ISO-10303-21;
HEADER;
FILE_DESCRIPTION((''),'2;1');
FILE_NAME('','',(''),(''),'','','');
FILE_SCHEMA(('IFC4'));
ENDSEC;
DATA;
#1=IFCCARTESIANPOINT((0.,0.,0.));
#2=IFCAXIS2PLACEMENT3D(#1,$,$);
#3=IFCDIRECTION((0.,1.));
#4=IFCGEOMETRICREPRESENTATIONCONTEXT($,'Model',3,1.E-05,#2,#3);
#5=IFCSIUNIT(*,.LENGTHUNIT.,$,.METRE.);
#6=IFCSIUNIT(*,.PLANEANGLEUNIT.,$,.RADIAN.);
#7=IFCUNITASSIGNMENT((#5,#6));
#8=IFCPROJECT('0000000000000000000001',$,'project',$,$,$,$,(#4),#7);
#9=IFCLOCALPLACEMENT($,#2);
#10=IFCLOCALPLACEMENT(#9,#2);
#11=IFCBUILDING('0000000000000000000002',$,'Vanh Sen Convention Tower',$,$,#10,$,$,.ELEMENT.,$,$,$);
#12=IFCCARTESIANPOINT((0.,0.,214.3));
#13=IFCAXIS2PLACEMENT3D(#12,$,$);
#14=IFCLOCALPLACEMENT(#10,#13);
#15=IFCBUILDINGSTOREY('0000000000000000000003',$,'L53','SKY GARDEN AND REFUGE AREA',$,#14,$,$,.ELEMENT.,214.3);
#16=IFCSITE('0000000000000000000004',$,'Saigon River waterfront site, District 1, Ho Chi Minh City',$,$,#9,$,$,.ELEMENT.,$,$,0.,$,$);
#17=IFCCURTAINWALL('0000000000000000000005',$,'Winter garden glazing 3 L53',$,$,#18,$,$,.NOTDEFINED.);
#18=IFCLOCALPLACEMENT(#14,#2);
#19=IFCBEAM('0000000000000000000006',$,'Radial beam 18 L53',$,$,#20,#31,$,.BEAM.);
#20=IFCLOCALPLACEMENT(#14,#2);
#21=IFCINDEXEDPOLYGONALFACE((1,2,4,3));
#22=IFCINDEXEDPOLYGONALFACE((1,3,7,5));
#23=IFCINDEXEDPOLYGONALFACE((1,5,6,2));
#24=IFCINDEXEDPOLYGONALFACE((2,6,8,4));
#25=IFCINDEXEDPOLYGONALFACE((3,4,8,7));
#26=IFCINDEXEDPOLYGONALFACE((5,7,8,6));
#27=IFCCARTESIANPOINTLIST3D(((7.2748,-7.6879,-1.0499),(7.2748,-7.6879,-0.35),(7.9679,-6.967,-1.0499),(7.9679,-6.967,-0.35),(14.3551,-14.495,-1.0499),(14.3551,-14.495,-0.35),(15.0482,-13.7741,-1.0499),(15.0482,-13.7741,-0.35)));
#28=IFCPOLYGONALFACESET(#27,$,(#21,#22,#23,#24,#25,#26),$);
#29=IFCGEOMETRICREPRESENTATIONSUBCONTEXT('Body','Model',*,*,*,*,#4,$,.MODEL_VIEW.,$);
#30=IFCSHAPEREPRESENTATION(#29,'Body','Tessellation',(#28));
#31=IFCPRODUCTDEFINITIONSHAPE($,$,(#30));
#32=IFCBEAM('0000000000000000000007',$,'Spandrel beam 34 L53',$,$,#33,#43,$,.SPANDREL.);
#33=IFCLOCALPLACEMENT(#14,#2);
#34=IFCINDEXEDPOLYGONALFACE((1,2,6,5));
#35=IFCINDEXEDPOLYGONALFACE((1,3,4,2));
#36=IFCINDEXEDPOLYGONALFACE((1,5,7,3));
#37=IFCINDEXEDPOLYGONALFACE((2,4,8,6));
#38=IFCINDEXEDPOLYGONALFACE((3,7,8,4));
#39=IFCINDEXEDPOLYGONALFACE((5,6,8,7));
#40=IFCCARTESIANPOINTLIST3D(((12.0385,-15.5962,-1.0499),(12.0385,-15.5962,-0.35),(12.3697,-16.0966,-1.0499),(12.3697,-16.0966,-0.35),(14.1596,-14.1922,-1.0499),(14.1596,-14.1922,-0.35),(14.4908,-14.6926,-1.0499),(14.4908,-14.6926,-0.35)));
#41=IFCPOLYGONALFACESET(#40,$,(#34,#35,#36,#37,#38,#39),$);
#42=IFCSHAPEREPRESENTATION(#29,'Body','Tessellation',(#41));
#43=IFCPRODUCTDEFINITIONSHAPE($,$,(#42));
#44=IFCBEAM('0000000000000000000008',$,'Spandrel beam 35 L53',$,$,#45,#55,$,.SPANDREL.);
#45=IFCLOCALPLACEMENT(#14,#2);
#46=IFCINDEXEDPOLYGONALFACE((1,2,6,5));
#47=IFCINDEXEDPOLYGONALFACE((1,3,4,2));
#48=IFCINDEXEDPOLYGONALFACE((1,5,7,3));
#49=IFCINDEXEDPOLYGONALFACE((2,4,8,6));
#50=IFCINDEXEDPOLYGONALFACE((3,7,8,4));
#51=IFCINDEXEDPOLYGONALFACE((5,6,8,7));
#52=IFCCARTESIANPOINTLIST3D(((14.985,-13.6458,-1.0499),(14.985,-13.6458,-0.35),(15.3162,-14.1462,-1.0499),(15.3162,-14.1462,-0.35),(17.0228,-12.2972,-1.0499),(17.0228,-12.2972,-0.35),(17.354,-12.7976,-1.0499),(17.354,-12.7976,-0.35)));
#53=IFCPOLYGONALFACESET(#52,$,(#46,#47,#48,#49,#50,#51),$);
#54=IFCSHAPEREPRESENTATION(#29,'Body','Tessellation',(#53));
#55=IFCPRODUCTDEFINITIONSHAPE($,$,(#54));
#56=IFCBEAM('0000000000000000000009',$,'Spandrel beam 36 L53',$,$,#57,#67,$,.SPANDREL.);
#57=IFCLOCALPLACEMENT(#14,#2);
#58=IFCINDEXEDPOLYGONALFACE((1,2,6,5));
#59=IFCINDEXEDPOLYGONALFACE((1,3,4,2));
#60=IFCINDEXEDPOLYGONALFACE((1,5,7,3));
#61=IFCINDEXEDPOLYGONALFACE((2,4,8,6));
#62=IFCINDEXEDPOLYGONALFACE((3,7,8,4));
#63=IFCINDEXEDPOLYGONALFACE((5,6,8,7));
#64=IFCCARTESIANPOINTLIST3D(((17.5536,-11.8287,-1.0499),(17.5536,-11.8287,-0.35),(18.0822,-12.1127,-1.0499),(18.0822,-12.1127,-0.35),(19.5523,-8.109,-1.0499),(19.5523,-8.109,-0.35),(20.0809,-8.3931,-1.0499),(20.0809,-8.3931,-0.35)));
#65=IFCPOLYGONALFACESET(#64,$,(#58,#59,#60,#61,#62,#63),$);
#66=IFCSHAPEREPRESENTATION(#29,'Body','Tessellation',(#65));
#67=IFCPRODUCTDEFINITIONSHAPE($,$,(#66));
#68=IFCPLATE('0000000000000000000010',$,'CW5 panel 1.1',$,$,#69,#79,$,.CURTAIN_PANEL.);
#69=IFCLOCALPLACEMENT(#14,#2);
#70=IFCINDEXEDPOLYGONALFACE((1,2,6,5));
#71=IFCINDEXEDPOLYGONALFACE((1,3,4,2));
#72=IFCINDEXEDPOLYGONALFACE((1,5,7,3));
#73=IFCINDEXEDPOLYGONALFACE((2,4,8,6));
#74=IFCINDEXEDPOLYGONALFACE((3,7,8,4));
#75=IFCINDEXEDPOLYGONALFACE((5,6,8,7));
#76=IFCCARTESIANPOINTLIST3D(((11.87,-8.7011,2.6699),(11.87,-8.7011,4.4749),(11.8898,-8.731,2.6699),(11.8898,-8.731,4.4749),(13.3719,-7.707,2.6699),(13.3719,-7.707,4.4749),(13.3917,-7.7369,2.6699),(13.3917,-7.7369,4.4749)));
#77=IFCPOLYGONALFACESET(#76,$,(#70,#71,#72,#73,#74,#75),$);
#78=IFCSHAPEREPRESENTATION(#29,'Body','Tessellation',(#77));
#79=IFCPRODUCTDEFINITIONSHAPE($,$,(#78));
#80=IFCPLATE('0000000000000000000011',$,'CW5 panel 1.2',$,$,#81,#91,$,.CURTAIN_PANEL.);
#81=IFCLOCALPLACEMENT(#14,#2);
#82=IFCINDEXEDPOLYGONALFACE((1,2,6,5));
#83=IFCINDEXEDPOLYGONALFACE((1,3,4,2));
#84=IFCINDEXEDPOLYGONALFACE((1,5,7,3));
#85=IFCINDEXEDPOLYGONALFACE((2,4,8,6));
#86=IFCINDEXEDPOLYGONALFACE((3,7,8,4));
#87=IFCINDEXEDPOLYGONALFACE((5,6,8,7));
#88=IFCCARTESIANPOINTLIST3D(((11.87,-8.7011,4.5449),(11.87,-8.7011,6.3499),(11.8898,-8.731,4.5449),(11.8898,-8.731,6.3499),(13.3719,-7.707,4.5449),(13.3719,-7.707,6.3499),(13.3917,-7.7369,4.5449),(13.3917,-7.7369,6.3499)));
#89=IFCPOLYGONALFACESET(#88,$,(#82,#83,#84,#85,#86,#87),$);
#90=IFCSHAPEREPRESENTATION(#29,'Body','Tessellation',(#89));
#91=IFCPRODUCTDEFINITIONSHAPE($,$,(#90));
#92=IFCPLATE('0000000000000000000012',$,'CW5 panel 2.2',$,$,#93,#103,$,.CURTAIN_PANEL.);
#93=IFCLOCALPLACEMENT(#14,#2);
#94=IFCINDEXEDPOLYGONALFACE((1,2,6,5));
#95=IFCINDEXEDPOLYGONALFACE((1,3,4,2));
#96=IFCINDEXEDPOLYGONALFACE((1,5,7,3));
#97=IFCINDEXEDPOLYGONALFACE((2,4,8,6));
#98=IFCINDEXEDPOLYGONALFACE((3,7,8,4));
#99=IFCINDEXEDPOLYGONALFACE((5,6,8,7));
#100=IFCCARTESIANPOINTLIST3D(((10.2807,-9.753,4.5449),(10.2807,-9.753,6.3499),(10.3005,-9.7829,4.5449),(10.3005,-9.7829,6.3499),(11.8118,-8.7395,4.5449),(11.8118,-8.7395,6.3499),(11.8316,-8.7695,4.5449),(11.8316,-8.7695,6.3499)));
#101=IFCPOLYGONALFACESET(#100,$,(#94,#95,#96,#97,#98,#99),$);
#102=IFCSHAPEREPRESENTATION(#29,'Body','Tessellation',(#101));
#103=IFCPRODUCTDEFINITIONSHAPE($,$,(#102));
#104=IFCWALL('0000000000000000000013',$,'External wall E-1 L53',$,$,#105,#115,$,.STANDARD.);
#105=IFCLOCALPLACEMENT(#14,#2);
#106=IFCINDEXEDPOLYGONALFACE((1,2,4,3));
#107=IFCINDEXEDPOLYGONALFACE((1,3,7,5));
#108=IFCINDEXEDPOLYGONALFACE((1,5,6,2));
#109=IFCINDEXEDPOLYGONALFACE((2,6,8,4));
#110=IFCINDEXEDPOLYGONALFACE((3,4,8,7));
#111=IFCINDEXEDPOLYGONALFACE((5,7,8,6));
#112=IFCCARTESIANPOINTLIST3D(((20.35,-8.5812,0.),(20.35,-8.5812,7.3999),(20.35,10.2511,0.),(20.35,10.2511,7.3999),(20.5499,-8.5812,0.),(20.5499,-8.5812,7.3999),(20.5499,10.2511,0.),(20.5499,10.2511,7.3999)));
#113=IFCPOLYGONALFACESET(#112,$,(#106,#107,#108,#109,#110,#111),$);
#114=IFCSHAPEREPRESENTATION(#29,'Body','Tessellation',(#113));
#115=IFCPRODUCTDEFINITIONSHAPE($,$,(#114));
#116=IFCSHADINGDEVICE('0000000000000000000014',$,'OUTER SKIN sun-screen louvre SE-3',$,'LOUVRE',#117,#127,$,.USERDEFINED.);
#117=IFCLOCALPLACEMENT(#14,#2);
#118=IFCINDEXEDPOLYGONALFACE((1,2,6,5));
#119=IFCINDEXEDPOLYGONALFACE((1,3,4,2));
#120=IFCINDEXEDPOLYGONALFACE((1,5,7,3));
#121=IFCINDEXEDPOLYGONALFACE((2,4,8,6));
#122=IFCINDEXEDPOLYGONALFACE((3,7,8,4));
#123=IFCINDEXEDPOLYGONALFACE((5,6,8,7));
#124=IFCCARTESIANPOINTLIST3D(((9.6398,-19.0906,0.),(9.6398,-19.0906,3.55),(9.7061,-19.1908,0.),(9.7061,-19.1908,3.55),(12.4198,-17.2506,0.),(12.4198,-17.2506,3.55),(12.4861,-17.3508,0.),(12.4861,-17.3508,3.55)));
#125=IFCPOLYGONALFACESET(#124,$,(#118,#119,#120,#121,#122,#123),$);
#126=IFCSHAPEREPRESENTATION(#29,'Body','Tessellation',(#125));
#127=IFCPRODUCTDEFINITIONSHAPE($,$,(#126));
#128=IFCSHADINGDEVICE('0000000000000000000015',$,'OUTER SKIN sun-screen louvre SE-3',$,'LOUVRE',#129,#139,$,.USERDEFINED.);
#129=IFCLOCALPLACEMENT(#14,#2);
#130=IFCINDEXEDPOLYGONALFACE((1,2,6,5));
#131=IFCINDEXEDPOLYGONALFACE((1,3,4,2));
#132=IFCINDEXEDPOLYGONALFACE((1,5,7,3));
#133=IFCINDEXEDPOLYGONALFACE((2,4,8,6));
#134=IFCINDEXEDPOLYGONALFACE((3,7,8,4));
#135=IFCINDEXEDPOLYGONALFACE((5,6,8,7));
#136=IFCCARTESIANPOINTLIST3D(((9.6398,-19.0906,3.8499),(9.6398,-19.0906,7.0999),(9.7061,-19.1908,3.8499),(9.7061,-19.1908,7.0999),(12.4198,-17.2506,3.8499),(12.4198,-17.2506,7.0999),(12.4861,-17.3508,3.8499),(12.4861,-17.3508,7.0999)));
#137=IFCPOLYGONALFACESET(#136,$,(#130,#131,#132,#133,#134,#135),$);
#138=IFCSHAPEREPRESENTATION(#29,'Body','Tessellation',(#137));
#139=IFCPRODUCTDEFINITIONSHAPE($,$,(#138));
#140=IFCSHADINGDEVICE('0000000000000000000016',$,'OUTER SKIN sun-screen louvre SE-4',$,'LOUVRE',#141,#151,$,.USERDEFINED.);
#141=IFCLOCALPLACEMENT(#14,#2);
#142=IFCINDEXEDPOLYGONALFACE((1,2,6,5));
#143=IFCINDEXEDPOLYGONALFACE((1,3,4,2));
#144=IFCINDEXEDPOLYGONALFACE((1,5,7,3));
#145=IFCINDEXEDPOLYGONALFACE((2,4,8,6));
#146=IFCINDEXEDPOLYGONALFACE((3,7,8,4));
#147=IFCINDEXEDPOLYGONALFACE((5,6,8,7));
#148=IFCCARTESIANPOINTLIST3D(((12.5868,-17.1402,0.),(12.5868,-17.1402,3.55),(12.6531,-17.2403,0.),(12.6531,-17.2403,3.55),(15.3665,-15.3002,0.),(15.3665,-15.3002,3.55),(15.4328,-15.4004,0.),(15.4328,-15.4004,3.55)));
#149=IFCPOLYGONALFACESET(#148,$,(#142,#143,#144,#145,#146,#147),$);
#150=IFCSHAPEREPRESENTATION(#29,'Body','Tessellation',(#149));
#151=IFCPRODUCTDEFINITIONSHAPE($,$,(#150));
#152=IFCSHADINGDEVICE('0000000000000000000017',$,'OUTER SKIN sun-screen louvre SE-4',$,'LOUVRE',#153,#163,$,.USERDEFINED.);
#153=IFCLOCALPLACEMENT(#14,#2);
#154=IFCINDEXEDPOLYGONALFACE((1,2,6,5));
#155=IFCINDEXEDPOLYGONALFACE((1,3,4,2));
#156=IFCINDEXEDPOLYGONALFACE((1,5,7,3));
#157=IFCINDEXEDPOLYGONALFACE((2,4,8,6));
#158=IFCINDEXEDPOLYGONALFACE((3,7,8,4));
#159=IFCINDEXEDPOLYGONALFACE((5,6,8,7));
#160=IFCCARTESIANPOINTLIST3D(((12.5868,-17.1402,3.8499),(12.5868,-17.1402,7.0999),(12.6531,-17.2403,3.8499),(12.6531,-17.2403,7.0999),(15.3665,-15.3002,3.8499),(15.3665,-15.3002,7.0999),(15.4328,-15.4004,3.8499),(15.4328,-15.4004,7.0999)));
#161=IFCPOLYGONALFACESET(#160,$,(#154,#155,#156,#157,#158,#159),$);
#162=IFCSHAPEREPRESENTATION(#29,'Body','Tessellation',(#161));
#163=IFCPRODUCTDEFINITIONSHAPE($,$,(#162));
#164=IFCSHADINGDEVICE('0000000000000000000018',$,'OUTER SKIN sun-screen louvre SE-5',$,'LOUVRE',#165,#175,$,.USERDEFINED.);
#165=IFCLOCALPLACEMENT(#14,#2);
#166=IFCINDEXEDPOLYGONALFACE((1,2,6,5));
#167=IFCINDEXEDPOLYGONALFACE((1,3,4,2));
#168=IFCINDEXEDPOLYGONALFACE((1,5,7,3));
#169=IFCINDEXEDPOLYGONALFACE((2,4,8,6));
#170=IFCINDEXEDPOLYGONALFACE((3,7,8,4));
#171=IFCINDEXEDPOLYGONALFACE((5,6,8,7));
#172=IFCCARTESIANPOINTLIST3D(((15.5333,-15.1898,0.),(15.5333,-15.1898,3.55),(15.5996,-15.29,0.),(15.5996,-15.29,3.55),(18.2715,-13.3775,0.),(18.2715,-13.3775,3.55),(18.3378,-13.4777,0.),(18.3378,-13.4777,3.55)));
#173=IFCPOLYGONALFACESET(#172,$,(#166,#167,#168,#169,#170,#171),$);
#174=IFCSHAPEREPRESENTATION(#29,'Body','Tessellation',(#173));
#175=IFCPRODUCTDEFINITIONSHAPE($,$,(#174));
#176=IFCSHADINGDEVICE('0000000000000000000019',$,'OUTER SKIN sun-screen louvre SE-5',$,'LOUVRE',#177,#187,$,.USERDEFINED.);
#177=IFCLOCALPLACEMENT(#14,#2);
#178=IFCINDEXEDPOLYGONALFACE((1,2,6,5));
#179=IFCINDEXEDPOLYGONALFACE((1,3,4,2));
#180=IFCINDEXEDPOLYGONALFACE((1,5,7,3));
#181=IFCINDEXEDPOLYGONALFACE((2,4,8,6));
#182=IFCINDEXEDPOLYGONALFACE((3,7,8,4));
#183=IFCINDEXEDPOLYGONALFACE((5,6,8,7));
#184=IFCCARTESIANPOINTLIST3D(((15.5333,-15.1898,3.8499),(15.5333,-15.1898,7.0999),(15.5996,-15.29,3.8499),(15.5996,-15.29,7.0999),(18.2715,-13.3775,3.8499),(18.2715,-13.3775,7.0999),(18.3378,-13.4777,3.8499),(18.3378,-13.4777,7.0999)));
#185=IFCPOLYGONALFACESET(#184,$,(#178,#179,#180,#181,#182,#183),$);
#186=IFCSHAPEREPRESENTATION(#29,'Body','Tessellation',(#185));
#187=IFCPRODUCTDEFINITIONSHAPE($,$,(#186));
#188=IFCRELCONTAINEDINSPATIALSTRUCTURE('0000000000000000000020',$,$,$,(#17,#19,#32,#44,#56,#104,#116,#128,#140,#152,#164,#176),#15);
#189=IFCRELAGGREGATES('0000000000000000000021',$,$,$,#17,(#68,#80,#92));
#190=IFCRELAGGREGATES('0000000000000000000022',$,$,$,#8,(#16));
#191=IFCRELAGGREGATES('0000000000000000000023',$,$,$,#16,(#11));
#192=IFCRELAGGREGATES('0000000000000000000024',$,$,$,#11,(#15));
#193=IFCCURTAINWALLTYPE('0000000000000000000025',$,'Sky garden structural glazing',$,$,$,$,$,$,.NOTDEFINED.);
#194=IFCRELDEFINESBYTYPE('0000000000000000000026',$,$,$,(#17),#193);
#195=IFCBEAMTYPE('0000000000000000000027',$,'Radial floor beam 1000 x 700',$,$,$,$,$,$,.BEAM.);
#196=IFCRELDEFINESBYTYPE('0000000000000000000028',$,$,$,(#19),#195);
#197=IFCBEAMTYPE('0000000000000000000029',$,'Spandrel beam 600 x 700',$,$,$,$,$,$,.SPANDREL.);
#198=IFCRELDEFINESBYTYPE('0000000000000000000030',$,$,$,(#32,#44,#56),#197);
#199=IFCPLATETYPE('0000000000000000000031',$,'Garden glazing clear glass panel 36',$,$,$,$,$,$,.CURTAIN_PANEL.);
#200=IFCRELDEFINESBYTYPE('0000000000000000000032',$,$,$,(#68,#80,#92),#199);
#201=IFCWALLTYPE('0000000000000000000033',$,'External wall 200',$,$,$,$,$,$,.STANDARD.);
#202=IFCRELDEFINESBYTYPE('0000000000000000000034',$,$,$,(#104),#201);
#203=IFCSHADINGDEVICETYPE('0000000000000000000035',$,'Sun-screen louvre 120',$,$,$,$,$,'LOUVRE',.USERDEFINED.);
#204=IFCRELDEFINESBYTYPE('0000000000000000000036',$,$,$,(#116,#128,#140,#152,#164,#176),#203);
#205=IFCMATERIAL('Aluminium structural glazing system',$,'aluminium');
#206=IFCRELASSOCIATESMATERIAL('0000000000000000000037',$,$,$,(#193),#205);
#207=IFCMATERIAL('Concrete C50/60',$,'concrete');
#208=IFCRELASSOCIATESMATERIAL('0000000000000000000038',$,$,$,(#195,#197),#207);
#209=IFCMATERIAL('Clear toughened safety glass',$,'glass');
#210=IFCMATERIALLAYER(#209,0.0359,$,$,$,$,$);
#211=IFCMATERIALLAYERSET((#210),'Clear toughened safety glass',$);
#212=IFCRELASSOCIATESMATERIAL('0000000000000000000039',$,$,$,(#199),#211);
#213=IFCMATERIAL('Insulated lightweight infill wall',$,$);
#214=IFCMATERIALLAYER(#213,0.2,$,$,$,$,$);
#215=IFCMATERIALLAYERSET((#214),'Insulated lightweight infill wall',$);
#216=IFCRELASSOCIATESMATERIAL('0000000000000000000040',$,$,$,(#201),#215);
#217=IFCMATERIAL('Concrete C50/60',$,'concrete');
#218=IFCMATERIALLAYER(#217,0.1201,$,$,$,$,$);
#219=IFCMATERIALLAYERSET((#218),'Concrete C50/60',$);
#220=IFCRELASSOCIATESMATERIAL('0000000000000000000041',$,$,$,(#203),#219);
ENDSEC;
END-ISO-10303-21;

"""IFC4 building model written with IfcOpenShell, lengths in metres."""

from ifc_helpers import new_model, si_unit, direction, frame, frame_2d, origin, origin_2d, place, context, subcontext, project, spatial, rectangle, extrude, material, layer, layer_set, material_profile, profile_set, type_object, element, aggregate, save


model = new_model("IFC4")

# Units and contexts
model_context = context("Model", 3, precision=1e-05, world=origin(), true_north=direction((0.0, 1.0)))
body_context = subcontext(model_context, "Body", "Model", "MODEL_VIEW")
ifc_project = project(units=[si_unit("LENGTHUNIT", "METRE"), si_unit("PLANEANGLEUNIT", "RADIAN")], contexts=[model_context])

# Site, building, storey
site_placement = place(None, origin())
site = spatial("IfcSite", under=ifc_project, at=site_placement, Name="Saigon River waterfront site, District 1, Ho Chi Minh City", CompositionType="ELEMENT", RefElevation=0.0)
building_placement = place(site_placement, origin())
building = spatial("IfcBuilding", under=site, at=building_placement, Name="Vanh Sen Convention Tower", CompositionType="ELEMENT")
storey_placement = place(building_placement, frame((0.0, 0.0, 214.3)))
storey = spatial("IfcBuildingStorey", under=building, at=storey_placement, Name="L53", Description="SKY GARDEN AND REFUGE AREA", CompositionType="ELEMENT", Elevation=214.3)

# Curtain wall
ifc_material_1 = material(Name="Aluminium structural glazing system", Category="aluminium")
curtain_wall_type_1 = type_object("IfcCurtainWallType", Name="Sky garden structural glazing", PredefinedType="NOTDEFINED", material=ifc_material_1)
curtain_wall_1_placement = place(storey_placement, origin())
curtain_wall_1 = element("IfcCurtainWall", 1, at=curtain_wall_1_placement, inside=storey, type_object=curtain_wall_type_1, Name="Winter garden glazing 3 L53", PredefinedType="NOTDEFINED")

# Beams
ifc_material_2 = material(Name="Concrete C50/60", Category="concrete")
ifc_material_profile_1 = material_profile(ifc_material_2, rectangle(XDim=1.0, YDim=0.7, at=origin_2d()), Name="RC 1000X700")
ifc_profile_set_1 = profile_set([ifc_material_profile_1], Name="Concrete C50/60")
beam_type_1 = type_object("IfcBeamType", Name="Radial floor beam 1000 x 700", PredefinedType="BEAM", material=ifc_profile_set_1)
beam_1_placement = place(storey_placement, frame((14.7017, -14.1345, -0.7), z_axis=(-0.720877, 0.693063, 0.0), x_axis=(-0.693063, -0.720877, 0.0)))
element("IfcBeam", 2, at=beam_1_placement, inside=storey, type_object=beam_type_1, Name="Radial beam 18 L53", PredefinedType="BEAM", context=body_context, shape_type="SweptSolid", body=[
    extrude(rectangle(XDim=1.0, YDim=0.7, at=origin_2d()), origin(), (0.0, 0.0, 1.0), 9.8218),
])
ifc_material_profile_2 = material_profile(ifc_material_2, rectangle(XDim=0.6001, YDim=0.7, at=origin_2d()), Name="RC 600X700")
ifc_profile_set_2 = profile_set([ifc_material_profile_2], Name="Concrete C50/60")
beam_type_2 = type_object("IfcBeamType", Name="Spandrel beam 600 x 700", PredefinedType="SPANDREL", material=ifc_profile_set_2)
beam_2_placement = place(storey_placement, frame((12.2041, -15.8464, -0.7), z_axis=(0.833862, 0.551973, 0.0), x_axis=(-0.551973, 0.833862, 0.0)))
element("IfcBeam", 3, at=beam_2_placement, inside=storey, type_object=beam_type_2, Name="Spandrel beam 34 L53", PredefinedType="SPANDREL", context=body_context, shape_type="SweptSolid", body=[
    extrude(rectangle(XDim=0.6001, YDim=0.7, at=origin_2d()), origin(), (0.0, 0.0, 1.0), 2.5437),
])
beam_3_placement = place(storey_placement, frame((15.1506, -13.896, -0.7), z_axis=(0.833921, 0.551884, 0.0), x_axis=(-0.551884, 0.833921, 0.0)))
element("IfcBeam", 4, at=beam_3_placement, inside=storey, type_object=beam_type_2, Name="Spandrel beam 35 L53", PredefinedType="SPANDREL", context=body_context, shape_type="SweptSolid", body=[
    extrude(rectangle(XDim=0.6001, YDim=0.7, at=origin_2d()), origin(), (0.0, 0.0, 1.0), 2.4436),
])
beam_4_placement = place(storey_placement, frame((17.8179, -11.9707, -0.7), z_axis=(0.473338, 0.880881, 0.0), x_axis=(-0.880881, 0.473338, 0.0)))
element("IfcBeam", 5, at=beam_4_placement, inside=storey, type_object=beam_type_2, Name="Spandrel beam 36 L53", PredefinedType="SPANDREL", context=body_context, shape_type="SweptSolid", body=[
    extrude(rectangle(XDim=0.6001, YDim=0.7, at=origin_2d()), origin(), (0.0, 0.0, 1.0), 4.2227),
])

# Plates
ifc_material_3 = material(Name="Clear toughened safety glass", Category="glass")
ifc_layer_1 = layer(ifc_material_3, 0.0359)
ifc_layer_set_1 = layer_set([ifc_layer_1], Name="Clear toughened safety glass")
plate_type = type_object("IfcPlateType", Name="Garden glazing clear glass panel 36", PredefinedType="CURTAIN_PANEL", material=ifc_layer_set_1)
plate_1_placement = place(storey_placement, frame((12.6309, -8.219, 2.6699), z_axis=(0.0, 0.0, 1.0), x_axis=(-0.833889, -0.551932, 0.0)))
plate_1 = element("IfcPlate", 6, at=plate_1_placement, type_object=plate_type, Name="CW5 panel 1.1", PredefinedType="CURTAIN_PANEL", context=body_context, shape_type="SweptSolid", body=[
    extrude(rectangle(XDim=1.801, YDim=0.0359, at=origin_2d()), origin(), (0.0, 0.0, 1.0), 1.8049),
])
plate_2_placement = place(storey_placement, frame((12.6309, -8.219, 4.5449), z_axis=(0.0, 0.0, 1.0), x_axis=(-0.833889, -0.551932, 0.0)))
plate_2 = element("IfcPlate", 7, at=plate_2_placement, type_object=plate_type, Name="CW5 panel 1.2", PredefinedType="CURTAIN_PANEL", context=body_context, shape_type="SweptSolid", body=[
    extrude(rectangle(XDim=1.801, YDim=0.0359, at=origin_2d()), origin(), (0.0, 0.0, 1.0), 1.8049),
])
plate_3_placement = place(storey_placement, frame((11.0562, -9.2612, 4.5449), z_axis=(0.0, 0.0, 1.0), x_axis=(-0.833889, -0.551932, 0.0)))
plate_3 = element("IfcPlate", 8, at=plate_3_placement, type_object=plate_type, Name="CW5 panel 2.2", PredefinedType="CURTAIN_PANEL", context=body_context, shape_type="SweptSolid", body=[
    extrude(rectangle(XDim=1.8362, YDim=0.0359, at=origin_2d()), origin(), (0.0, 0.0, 1.0), 1.8049),
])
aggregate(curtain_wall_1, [plate_1, plate_2, plate_3])

# Wall
ifc_material_4 = material(Name="Insulated lightweight infill wall")
ifc_layer_2 = layer(ifc_material_4, 0.2)
ifc_layer_set_2 = layer_set([ifc_layer_2], Name="Insulated lightweight infill wall")
wall_type = type_object("IfcWallType", Name="External wall 200", PredefinedType="STANDARD", material=ifc_layer_set_2)
wall_placement = place(storey_placement, frame((20.45, -8.5811, 0.0), z_axis=(0.0, 0.0, 1.0), x_axis=(0.0, 1.0, 0.0)))
element("IfcWall", 9, at=wall_placement, inside=storey, type_object=wall_type, Name="External wall E-1 L53", PredefinedType="STANDARD", context=body_context, shape_type="SweptSolid", body=[
    extrude(rectangle(XDim=18.8323, YDim=0.2, at=frame_2d((9.416, 0.0))), origin(), (0.0, 0.0, 1.0), 7.3999),
])

# Shading devices
ifc_material_5 = material(Name="Concrete C50/60", Category="concrete")
ifc_layer_3 = layer(ifc_material_5, 0.1201)
ifc_layer_set_3 = layer_set([ifc_layer_3], Name="Concrete C50/60")
shading_device_type = type_object("IfcShadingDeviceType", Name="Sun-screen louvre 120", ElementType="LOUVRE", PredefinedType="USERDEFINED", material=ifc_layer_set_3)
shading_device_1_placement = place(storey_placement, frame((11.063, -18.2207, 0.0), z_axis=(0.0, 0.0, 1.0), x_axis=(0.833896, 0.551921, 0.0)))
element("IfcShadingDevice", 10, at=shading_device_1_placement, inside=storey, type_object=shading_device_type, Name="OUTER SKIN sun-screen louvre SE-3", ObjectType="LOUVRE", PredefinedType="USERDEFINED", context=body_context, shape_type="SweptSolid", body=[
    extrude(rectangle(XDim=3.3337, YDim=0.1201, at=origin_2d()), origin(), (0.0, 0.0, 1.0), 3.55),
])
shading_device_2_placement = place(storey_placement, frame((11.063, -18.2207, 3.8499), z_axis=(0.0, 0.0, 1.0), x_axis=(0.833896, 0.551921, 0.0)))
element("IfcShadingDevice", 11, at=shading_device_2_placement, inside=storey, type_object=shading_device_type, Name="OUTER SKIN sun-screen louvre SE-3", ObjectType="LOUVRE", PredefinedType="USERDEFINED", context=body_context, shape_type="SweptSolid", body=[
    extrude(rectangle(XDim=3.3337, YDim=0.1201, at=origin_2d()), origin(), (0.0, 0.0, 1.0), 3.25),
])
shading_device_3_placement = place(storey_placement, frame((14.0098, -16.2703, 0.0), z_axis=(0.0, 0.0, 1.0), x_axis=(0.833874, 0.551954, 0.0)))
element("IfcShadingDevice", 12, at=shading_device_3_placement, inside=storey, type_object=shading_device_type, Name="OUTER SKIN sun-screen louvre SE-4", ObjectType="LOUVRE", PredefinedType="USERDEFINED", context=body_context, shape_type="SweptSolid", body=[
    extrude(rectangle(XDim=3.3335, YDim=0.1201, at=origin_2d()), origin(), (0.0, 0.0, 1.0), 3.55),
])
shading_device_4_placement = place(storey_placement, frame((14.0098, -16.2703, 3.8499), z_axis=(0.0, 0.0, 1.0), x_axis=(0.833874, 0.551954, 0.0)))
element("IfcShadingDevice", 13, at=shading_device_4_placement, inside=storey, type_object=shading_device_type, Name="OUTER SKIN sun-screen louvre SE-4", ObjectType="LOUVRE", PredefinedType="USERDEFINED", context=body_context, shape_type="SweptSolid", body=[
    extrude(rectangle(XDim=3.3335, YDim=0.1201, at=origin_2d()), origin(), (0.0, 0.0, 1.0), 3.25),
])
shading_device_5_placement = place(storey_placement, frame((16.9355, -14.3337, 0.0), z_axis=(0.0, 0.0, 1.0), x_axis=(0.833896, 0.551921, 0.0)))
element("IfcShadingDevice", 14, at=shading_device_5_placement, inside=storey, type_object=shading_device_type, Name="OUTER SKIN sun-screen louvre SE-5", ObjectType="LOUVRE", PredefinedType="USERDEFINED", context=body_context, shape_type="SweptSolid", body=[
    extrude(rectangle(XDim=3.2837, YDim=0.1201, at=origin_2d()), origin(), (0.0, 0.0, 1.0), 3.55),
])
shading_device_6_placement = place(storey_placement, frame((16.9355, -14.3337, 3.8499), z_axis=(0.0, 0.0, 1.0), x_axis=(0.833896, 0.551921, 0.0)))
element("IfcShadingDevice", 15, at=shading_device_6_placement, inside=storey, type_object=shading_device_type, Name="OUTER SKIN sun-screen louvre SE-5", ObjectType="LOUVRE", PredefinedType="USERDEFINED", context=body_context, shape_type="SweptSolid", body=[
    extrude(rectangle(XDim=3.2837, YDim=0.1201, at=origin_2d()), origin(), (0.0, 0.0, 1.0), 3.25),
])

save(model, "model.ifc")
